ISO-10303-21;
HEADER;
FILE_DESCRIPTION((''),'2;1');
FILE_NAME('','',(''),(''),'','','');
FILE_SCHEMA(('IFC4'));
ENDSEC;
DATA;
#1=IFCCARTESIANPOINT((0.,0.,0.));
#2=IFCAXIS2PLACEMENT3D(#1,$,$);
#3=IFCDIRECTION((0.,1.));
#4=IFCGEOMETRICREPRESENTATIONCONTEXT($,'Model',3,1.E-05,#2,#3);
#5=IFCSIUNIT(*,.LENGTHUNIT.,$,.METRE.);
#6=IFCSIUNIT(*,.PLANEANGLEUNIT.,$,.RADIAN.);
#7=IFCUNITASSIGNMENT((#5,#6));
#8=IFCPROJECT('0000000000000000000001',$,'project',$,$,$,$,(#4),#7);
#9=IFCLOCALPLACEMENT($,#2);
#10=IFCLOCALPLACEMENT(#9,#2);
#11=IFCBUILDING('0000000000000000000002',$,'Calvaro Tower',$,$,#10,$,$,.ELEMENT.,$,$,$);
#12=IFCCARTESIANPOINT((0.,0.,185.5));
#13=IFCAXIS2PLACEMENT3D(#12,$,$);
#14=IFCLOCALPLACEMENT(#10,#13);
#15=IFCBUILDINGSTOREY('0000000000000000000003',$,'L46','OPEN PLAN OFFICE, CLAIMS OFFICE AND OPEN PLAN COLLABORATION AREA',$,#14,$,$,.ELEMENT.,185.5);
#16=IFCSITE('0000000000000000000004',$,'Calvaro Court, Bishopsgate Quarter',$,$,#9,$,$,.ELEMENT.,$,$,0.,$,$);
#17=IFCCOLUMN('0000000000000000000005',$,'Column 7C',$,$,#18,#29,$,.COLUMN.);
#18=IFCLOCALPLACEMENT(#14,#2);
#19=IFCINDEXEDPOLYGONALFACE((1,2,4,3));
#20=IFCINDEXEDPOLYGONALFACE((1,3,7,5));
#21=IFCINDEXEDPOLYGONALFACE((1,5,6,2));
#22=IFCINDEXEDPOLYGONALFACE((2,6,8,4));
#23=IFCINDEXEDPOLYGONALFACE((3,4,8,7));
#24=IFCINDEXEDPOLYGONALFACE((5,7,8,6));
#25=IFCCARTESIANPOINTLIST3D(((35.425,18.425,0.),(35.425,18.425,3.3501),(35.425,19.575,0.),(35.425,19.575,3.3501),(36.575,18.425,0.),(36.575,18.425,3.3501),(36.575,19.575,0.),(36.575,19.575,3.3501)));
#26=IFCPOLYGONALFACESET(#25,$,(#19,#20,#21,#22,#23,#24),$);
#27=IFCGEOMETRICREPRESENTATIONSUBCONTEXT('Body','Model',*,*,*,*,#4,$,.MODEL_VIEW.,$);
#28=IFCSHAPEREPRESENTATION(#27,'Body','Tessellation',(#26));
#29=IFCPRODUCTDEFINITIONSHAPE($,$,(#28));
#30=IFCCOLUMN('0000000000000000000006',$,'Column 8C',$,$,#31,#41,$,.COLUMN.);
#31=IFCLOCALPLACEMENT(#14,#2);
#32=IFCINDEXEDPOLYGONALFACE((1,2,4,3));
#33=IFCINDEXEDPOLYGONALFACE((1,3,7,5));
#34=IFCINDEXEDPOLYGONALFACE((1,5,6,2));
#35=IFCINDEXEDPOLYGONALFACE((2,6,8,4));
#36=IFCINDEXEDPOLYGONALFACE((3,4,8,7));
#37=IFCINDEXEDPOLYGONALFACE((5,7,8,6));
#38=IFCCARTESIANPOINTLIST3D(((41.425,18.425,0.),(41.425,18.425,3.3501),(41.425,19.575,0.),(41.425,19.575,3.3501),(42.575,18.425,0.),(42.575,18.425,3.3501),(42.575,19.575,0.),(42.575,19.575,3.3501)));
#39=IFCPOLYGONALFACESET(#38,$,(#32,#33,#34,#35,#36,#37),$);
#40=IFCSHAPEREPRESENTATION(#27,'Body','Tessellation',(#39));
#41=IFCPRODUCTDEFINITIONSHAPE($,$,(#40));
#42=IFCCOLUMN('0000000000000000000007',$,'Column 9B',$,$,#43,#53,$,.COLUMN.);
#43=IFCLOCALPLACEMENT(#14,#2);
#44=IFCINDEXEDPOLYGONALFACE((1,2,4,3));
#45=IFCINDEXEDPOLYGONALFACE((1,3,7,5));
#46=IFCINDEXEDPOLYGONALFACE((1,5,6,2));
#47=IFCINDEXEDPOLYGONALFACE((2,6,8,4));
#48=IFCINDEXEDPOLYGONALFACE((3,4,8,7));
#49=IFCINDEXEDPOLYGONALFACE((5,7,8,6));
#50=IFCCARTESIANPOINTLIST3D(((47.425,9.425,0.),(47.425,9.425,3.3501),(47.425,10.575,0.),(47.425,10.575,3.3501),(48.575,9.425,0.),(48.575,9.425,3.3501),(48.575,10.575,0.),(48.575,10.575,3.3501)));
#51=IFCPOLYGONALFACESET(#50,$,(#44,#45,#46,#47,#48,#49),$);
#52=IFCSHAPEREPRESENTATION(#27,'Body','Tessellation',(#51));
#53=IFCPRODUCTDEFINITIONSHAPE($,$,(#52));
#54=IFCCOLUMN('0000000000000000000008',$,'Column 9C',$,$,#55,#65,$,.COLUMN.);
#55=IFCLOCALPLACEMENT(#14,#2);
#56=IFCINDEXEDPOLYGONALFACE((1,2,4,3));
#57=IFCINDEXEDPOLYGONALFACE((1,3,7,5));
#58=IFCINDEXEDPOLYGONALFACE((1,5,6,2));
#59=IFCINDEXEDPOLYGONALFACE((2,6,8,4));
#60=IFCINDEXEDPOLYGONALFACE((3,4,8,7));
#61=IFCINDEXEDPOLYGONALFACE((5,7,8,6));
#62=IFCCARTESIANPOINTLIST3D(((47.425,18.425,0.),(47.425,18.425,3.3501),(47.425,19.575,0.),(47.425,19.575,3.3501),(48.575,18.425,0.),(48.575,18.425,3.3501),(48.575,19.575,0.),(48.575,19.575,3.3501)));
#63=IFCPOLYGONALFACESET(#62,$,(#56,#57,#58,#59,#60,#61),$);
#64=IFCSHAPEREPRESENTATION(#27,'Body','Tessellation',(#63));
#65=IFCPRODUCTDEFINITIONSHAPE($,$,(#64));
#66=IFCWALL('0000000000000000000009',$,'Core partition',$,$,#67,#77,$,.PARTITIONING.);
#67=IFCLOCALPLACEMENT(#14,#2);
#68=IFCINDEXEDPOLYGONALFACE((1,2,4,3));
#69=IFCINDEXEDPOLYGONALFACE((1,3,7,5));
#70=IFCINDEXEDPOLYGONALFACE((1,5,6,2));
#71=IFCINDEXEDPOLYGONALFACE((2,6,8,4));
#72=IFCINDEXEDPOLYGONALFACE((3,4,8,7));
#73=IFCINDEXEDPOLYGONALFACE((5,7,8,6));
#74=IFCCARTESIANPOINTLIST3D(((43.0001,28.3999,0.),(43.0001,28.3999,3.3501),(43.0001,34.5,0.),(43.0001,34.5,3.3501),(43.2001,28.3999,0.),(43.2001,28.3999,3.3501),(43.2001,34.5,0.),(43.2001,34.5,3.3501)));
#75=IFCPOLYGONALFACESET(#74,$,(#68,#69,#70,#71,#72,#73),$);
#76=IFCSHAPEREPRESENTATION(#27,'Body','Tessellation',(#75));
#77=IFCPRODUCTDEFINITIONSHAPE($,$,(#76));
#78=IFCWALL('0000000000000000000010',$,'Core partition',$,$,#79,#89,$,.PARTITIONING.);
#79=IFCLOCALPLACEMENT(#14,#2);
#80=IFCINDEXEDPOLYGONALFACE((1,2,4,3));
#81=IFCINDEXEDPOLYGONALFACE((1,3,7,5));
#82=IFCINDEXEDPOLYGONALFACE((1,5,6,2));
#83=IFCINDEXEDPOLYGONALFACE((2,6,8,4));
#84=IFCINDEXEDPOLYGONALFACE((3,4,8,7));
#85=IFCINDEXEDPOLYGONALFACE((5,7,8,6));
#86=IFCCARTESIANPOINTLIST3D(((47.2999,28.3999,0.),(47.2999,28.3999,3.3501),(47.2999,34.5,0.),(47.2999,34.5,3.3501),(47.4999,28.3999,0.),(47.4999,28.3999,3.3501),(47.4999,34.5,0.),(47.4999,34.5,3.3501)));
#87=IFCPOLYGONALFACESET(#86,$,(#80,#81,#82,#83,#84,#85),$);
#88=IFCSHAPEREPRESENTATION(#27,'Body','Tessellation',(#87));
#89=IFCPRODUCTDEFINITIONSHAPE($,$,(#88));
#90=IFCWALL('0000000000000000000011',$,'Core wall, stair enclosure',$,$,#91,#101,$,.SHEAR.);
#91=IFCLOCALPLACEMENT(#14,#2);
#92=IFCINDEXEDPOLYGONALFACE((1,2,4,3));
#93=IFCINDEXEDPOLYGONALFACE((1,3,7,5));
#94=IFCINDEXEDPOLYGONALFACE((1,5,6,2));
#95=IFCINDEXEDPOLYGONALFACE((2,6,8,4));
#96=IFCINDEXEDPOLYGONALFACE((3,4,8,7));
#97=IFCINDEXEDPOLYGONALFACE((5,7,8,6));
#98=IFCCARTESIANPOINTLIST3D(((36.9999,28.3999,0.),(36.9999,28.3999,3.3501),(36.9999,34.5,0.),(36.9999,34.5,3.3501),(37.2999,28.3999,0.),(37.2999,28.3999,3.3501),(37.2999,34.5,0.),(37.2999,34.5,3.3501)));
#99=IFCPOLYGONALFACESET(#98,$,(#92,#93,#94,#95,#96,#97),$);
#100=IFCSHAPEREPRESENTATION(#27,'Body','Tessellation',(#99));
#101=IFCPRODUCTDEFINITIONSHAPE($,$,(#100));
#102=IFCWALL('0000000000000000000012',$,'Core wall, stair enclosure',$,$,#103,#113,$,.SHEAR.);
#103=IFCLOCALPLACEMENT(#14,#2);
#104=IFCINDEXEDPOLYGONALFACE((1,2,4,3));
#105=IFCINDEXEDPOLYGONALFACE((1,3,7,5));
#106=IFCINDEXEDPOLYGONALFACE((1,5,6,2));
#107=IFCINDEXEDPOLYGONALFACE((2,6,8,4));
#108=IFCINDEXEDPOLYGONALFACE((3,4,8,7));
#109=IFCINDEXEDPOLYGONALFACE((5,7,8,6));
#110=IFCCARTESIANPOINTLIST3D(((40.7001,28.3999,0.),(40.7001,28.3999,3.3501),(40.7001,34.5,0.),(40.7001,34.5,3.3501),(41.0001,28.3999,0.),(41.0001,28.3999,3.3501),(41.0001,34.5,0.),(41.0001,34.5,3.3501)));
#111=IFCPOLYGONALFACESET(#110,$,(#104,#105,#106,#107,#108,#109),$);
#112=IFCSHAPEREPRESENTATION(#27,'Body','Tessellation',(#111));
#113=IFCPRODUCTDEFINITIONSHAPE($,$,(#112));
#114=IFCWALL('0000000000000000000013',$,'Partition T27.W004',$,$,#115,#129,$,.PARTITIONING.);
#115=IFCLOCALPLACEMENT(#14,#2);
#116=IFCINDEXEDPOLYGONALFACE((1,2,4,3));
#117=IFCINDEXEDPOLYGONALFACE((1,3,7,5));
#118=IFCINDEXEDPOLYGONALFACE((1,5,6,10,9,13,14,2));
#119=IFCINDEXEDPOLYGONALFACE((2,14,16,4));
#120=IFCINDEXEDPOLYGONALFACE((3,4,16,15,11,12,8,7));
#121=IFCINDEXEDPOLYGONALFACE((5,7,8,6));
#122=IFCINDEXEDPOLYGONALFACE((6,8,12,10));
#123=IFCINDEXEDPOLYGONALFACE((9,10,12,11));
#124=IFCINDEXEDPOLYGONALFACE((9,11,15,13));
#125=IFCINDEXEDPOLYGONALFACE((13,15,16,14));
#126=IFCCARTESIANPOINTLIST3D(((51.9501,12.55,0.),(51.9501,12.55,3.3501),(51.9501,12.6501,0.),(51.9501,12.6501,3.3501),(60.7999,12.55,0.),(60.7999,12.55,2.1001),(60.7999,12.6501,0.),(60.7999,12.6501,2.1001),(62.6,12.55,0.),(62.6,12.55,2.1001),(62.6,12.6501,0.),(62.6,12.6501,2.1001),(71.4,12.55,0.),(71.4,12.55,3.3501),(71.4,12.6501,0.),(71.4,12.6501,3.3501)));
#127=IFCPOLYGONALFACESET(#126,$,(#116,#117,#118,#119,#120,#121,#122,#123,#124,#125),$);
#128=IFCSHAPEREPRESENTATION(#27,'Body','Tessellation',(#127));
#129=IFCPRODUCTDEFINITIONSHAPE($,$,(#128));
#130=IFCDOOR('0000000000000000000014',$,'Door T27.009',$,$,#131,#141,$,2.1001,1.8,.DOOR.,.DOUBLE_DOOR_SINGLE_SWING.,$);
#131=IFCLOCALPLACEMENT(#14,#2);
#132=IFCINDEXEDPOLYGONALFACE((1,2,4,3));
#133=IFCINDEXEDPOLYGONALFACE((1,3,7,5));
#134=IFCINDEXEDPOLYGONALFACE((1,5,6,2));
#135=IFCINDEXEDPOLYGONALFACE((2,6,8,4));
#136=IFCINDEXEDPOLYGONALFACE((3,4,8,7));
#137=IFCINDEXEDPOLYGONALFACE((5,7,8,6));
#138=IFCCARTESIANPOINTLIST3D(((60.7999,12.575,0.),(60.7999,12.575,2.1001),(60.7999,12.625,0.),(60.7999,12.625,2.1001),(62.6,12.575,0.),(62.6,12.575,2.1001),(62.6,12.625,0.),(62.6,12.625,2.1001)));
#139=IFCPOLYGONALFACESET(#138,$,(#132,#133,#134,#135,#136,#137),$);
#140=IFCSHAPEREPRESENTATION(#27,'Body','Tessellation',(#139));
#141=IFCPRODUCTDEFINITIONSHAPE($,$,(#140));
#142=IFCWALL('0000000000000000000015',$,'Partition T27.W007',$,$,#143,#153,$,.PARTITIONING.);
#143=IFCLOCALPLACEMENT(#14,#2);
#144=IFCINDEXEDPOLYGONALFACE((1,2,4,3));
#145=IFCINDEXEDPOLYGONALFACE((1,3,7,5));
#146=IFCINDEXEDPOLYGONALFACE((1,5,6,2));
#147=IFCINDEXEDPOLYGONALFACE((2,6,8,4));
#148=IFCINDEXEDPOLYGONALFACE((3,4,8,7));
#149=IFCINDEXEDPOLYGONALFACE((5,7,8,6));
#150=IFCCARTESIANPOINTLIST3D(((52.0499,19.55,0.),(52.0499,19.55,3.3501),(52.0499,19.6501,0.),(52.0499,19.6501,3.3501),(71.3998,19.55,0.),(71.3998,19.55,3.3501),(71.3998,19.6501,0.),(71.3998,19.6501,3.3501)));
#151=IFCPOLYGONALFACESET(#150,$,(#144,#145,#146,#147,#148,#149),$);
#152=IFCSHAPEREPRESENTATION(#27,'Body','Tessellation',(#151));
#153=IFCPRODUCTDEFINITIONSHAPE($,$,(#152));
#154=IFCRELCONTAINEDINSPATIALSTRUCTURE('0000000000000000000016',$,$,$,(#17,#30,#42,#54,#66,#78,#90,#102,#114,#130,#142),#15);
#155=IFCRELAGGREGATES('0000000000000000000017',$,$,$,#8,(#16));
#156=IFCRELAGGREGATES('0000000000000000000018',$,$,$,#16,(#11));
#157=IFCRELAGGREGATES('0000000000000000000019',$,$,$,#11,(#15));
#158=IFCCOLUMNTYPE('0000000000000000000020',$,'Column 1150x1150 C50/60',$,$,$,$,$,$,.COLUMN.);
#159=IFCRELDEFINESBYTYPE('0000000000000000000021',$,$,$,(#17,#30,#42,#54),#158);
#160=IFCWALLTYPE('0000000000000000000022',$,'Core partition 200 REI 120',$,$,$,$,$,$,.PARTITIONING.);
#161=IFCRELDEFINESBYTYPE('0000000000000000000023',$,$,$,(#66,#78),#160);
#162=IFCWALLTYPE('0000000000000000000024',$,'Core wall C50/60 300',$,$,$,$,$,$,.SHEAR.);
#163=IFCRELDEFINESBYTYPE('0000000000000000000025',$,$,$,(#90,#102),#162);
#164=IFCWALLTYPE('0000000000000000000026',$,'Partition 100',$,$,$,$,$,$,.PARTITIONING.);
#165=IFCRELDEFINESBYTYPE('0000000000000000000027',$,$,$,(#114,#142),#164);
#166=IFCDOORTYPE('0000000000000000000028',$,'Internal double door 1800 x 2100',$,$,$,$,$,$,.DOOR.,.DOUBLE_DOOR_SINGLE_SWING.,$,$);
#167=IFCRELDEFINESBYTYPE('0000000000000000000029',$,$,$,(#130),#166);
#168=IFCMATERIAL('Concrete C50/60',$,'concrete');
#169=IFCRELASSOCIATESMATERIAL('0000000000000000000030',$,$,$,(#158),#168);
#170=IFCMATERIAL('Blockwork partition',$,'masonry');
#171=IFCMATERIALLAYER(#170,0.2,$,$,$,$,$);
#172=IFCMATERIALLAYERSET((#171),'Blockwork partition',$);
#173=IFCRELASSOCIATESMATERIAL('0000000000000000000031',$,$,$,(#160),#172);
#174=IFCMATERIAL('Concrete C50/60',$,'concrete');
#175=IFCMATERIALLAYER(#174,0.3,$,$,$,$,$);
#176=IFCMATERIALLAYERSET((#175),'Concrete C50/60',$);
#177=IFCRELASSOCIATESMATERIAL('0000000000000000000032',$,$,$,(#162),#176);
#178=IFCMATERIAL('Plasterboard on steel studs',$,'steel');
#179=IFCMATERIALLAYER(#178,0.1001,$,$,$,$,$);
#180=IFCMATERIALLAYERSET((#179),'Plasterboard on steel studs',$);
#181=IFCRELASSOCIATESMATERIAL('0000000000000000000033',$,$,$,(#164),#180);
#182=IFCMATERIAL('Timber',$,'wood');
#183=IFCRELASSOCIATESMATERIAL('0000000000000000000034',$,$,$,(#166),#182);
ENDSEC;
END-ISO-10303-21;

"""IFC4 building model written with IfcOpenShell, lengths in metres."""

from ifc_helpers import new_model, si_unit, direction, frame, frame_2d, origin, origin_2d, place, context, subcontext, project, spatial, rectangle, extrude, material, layer, layer_set, material_profile, profile_set, type_object, element, fill, save


model = new_model("IFC4")

# Units and contexts
model_context = context("Model", 3, precision=1e-05, world=origin(), true_north=direction((0.0, 1.0)))
body_context = subcontext(model_context, "Body", "Model", "MODEL_VIEW")
ifc_project = project(units=[si_unit("LENGTHUNIT", "METRE"), si_unit("PLANEANGLEUNIT", "RADIAN")], contexts=[model_context])

# Site, building, storey
site_placement = place(None, origin())
site = spatial("IfcSite", under=ifc_project, at=site_placement, Name="Calvaro Court, Bishopsgate Quarter", CompositionType="ELEMENT", RefElevation=0.0)
building_placement = place(site_placement, origin())
building = spatial("IfcBuilding", under=site, at=building_placement, Name="Calvaro Tower", CompositionType="ELEMENT")
storey_placement = place(building_placement, frame((0.0, 0.0, 185.5)))
storey = spatial("IfcBuildingStorey", under=building, at=storey_placement, Name="L46", Description="OPEN PLAN OFFICE, CLAIMS OFFICE AND OPEN PLAN COLLABORATION AREA", CompositionType="ELEMENT", Elevation=185.5)

# Columns
ifc_material_1 = material(Name="Concrete C50/60", Category="concrete")
ifc_material_profile = material_profile(ifc_material_1, rectangle(XDim=1.1499, YDim=1.1499, at=origin_2d()), Name="RC 1150x1150")
ifc_profile_set = profile_set([ifc_material_profile], Name="Concrete C50/60")
column_type = type_object("IfcColumnType", Name="Column 1150x1150 C50/60", PredefinedType="COLUMN", material=ifc_profile_set)
for number, where, z_axis, x_axis, name in (
    (1, (36.0, 19.0, 0.0), (0.0, 0.0, 1.0), (1.0, 0.0, 0.0), "Column 7C"),
    (2, (42.0, 19.0, 0.0), (0.0, 0.0, 1.0), (1.0, 0.0, 0.0), "Column 8C"),
    (3, (48.0, 10.0, 0.0), (0.0, 0.0, 1.0), (1.0, 0.0, 0.0), "Column 9B"),
    (4, (48.0, 19.0, 0.0), (0.0, 0.0, 1.0), (1.0, 0.0, 0.0), "Column 9C"),
):
    element("IfcColumn", number, at=place(storey_placement, frame(where, z_axis=z_axis, x_axis=x_axis)), inside=storey, type_object=column_type, Name=name, PredefinedType="COLUMN", context=body_context, shape_type="SweptSolid", body=[
        extrude(rectangle(XDim=1.1499, YDim=1.1499, at=origin_2d()), origin(), (0.0, 0.0, 1.0), 3.3501),
    ])

# Walls
ifc_material_2 = material(Name="Blockwork partition", Category="masonry")
ifc_layer_1 = layer(ifc_material_2, 0.2)
ifc_layer_set_1 = layer_set([ifc_layer_1], Name="Blockwork partition")
wall_type_1 = type_object("IfcWallType", Name="Core partition 200 REI 120", PredefinedType="PARTITIONING", material=ifc_layer_set_1)
for number, where, z_axis, x_axis, name in (
    (5, (43.1001, 28.3999, 0.0), (0.0, 0.0, 1.0), (0.0, 1.0, 0.0), "Core partition"),
    (6, (47.3999, 28.3999, 0.0), (0.0, 0.0, 1.0), (0.0, 1.0, 0.0), "Core partition"),
):
    element("IfcWall", number, at=place(storey_placement, frame(where, z_axis=z_axis, x_axis=x_axis)), inside=storey, type_object=wall_type_1, Name=name, PredefinedType="PARTITIONING", context=body_context, shape_type="SweptSolid", body=[
        extrude(rectangle(XDim=6.1001, YDim=0.2, at=frame_2d((3.05, 0.0))), origin(), (0.0, 0.0, 1.0), 3.3501),
    ])
ifc_material_3 = material(Name="Concrete C50/60", Category="concrete")
ifc_layer_2 = layer(ifc_material_3, 0.3)
ifc_layer_set_2 = layer_set([ifc_layer_2], Name="Concrete C50/60")
wall_type_2 = type_object("IfcWallType", Name="Core wall C50/60 300", PredefinedType="SHEAR", material=ifc_layer_set_2)
for number, where, z_axis, x_axis, name in (
    (7, (37.1499, 28.3999, 0.0), (0.0, 0.0, 1.0), (0.0, 1.0, 0.0), "Core wall, stair enclosure"),
    (8, (40.8501, 28.3999, 0.0), (0.0, 0.0, 1.0), (0.0, 1.0, 0.0), "Core wall, stair enclosure"),
):
    element("IfcWall", number, at=place(storey_placement, frame(where, z_axis=z_axis, x_axis=x_axis)), inside=storey, type_object=wall_type_2, Name=name, PredefinedType="SHEAR", context=body_context, shape_type="SweptSolid", body=[
        extrude(rectangle(XDim=6.1001, YDim=0.3, at=frame_2d((3.05, 0.0))), origin(), (0.0, 0.0, 1.0), 3.3501),
    ])

# Wall, opening, door
ifc_material_4 = material(Name="Plasterboard on steel studs", Category="steel")
ifc_layer_3 = layer(ifc_material_4, 0.1001)
ifc_layer_set_3 = layer_set([ifc_layer_3], Name="Plasterboard on steel studs")
wall_type_3 = type_object("IfcWallType", Name="Partition 100", PredefinedType="PARTITIONING", material=ifc_layer_set_3)
wall_1_placement = place(storey_placement, frame((51.95, 12.6001, 0.0), z_axis=(0.0, 0.0, 1.0), x_axis=(1.0, 0.0, 0.0)))
wall_1 = element("IfcWall", 9, at=wall_1_placement, inside=storey, type_object=wall_type_3, Name="Partition T27.W004", PredefinedType="PARTITIONING", context=body_context, shape_type="SweptSolid", body=[
    extrude(rectangle(XDim=19.45, YDim=0.1001, at=frame_2d((9.7251, 0.0))), origin(), (0.0, 0.0, 1.0), 3.3501),
])
opening_1_placement = place(wall_1_placement, frame((8.8501, 0.0, 0.0)))
opening_1 = element("IfcOpeningElement", 10, at=opening_1_placement, cuts=wall_1, PredefinedType="OPENING", context=body_context, shape_type="SweptSolid", body=[
    extrude(rectangle(XDim=1.8, YDim=2.1001, at=frame_2d((0.8999, 1.05))), frame((0.0, 0.0601, 0.0), z_axis=(0.0, -1.0, 0.0), x_axis=(1.0, 0.0, 0.0)), (0.0, 0.0, 1.0), 0.1201),
])
ifc_material_5 = material(Name="Timber", Category="wood")
door_type_1 = type_object("IfcDoorType", Name="Internal double door 1800 x 2100", OperationType="DOUBLE_DOOR_SINGLE_SWING", PredefinedType="DOOR", material=ifc_material_5)
door_1_placement = place(opening_1_placement, origin())
door_1 = element("IfcDoor", 11, at=door_1_placement, inside=storey, type_object=door_type_1, Name="Door T27.009", OperationType="DOUBLE_DOOR_SINGLE_SWING", OverallHeight=2.1001, OverallWidth=1.8, PredefinedType="DOOR", context=body_context, shape_type="SweptSolid", body=[
    extrude(rectangle(XDim=1.8, YDim=2.1001, at=frame_2d((0.8999, 1.05))), frame((0.0, 0.0249, 0.0), z_axis=(0.0, -1.0, 0.0), x_axis=(1.0, 0.0, 0.0)), (0.0, 0.0, 1.0), 0.05),
])
fill(opening_1, door_1)

# Wall
wall_2_placement = place(storey_placement, frame((52.05, 19.6001, 0.0), z_axis=(0.0, 0.0, 1.0), x_axis=(1.0, 0.0, 0.0)))
element("IfcWall", 12, at=wall_2_placement, inside=storey, type_object=wall_type_3, Name="Partition T27.W007", PredefinedType="PARTITIONING", context=body_context, shape_type="SweptSolid", body=[
    extrude(rectangle(XDim=19.3499, YDim=0.1001, at=frame_2d((9.6748, 0.0))), origin(), (0.0, 0.0, 1.0), 3.3501),
])

save(model, "model.ifc")
